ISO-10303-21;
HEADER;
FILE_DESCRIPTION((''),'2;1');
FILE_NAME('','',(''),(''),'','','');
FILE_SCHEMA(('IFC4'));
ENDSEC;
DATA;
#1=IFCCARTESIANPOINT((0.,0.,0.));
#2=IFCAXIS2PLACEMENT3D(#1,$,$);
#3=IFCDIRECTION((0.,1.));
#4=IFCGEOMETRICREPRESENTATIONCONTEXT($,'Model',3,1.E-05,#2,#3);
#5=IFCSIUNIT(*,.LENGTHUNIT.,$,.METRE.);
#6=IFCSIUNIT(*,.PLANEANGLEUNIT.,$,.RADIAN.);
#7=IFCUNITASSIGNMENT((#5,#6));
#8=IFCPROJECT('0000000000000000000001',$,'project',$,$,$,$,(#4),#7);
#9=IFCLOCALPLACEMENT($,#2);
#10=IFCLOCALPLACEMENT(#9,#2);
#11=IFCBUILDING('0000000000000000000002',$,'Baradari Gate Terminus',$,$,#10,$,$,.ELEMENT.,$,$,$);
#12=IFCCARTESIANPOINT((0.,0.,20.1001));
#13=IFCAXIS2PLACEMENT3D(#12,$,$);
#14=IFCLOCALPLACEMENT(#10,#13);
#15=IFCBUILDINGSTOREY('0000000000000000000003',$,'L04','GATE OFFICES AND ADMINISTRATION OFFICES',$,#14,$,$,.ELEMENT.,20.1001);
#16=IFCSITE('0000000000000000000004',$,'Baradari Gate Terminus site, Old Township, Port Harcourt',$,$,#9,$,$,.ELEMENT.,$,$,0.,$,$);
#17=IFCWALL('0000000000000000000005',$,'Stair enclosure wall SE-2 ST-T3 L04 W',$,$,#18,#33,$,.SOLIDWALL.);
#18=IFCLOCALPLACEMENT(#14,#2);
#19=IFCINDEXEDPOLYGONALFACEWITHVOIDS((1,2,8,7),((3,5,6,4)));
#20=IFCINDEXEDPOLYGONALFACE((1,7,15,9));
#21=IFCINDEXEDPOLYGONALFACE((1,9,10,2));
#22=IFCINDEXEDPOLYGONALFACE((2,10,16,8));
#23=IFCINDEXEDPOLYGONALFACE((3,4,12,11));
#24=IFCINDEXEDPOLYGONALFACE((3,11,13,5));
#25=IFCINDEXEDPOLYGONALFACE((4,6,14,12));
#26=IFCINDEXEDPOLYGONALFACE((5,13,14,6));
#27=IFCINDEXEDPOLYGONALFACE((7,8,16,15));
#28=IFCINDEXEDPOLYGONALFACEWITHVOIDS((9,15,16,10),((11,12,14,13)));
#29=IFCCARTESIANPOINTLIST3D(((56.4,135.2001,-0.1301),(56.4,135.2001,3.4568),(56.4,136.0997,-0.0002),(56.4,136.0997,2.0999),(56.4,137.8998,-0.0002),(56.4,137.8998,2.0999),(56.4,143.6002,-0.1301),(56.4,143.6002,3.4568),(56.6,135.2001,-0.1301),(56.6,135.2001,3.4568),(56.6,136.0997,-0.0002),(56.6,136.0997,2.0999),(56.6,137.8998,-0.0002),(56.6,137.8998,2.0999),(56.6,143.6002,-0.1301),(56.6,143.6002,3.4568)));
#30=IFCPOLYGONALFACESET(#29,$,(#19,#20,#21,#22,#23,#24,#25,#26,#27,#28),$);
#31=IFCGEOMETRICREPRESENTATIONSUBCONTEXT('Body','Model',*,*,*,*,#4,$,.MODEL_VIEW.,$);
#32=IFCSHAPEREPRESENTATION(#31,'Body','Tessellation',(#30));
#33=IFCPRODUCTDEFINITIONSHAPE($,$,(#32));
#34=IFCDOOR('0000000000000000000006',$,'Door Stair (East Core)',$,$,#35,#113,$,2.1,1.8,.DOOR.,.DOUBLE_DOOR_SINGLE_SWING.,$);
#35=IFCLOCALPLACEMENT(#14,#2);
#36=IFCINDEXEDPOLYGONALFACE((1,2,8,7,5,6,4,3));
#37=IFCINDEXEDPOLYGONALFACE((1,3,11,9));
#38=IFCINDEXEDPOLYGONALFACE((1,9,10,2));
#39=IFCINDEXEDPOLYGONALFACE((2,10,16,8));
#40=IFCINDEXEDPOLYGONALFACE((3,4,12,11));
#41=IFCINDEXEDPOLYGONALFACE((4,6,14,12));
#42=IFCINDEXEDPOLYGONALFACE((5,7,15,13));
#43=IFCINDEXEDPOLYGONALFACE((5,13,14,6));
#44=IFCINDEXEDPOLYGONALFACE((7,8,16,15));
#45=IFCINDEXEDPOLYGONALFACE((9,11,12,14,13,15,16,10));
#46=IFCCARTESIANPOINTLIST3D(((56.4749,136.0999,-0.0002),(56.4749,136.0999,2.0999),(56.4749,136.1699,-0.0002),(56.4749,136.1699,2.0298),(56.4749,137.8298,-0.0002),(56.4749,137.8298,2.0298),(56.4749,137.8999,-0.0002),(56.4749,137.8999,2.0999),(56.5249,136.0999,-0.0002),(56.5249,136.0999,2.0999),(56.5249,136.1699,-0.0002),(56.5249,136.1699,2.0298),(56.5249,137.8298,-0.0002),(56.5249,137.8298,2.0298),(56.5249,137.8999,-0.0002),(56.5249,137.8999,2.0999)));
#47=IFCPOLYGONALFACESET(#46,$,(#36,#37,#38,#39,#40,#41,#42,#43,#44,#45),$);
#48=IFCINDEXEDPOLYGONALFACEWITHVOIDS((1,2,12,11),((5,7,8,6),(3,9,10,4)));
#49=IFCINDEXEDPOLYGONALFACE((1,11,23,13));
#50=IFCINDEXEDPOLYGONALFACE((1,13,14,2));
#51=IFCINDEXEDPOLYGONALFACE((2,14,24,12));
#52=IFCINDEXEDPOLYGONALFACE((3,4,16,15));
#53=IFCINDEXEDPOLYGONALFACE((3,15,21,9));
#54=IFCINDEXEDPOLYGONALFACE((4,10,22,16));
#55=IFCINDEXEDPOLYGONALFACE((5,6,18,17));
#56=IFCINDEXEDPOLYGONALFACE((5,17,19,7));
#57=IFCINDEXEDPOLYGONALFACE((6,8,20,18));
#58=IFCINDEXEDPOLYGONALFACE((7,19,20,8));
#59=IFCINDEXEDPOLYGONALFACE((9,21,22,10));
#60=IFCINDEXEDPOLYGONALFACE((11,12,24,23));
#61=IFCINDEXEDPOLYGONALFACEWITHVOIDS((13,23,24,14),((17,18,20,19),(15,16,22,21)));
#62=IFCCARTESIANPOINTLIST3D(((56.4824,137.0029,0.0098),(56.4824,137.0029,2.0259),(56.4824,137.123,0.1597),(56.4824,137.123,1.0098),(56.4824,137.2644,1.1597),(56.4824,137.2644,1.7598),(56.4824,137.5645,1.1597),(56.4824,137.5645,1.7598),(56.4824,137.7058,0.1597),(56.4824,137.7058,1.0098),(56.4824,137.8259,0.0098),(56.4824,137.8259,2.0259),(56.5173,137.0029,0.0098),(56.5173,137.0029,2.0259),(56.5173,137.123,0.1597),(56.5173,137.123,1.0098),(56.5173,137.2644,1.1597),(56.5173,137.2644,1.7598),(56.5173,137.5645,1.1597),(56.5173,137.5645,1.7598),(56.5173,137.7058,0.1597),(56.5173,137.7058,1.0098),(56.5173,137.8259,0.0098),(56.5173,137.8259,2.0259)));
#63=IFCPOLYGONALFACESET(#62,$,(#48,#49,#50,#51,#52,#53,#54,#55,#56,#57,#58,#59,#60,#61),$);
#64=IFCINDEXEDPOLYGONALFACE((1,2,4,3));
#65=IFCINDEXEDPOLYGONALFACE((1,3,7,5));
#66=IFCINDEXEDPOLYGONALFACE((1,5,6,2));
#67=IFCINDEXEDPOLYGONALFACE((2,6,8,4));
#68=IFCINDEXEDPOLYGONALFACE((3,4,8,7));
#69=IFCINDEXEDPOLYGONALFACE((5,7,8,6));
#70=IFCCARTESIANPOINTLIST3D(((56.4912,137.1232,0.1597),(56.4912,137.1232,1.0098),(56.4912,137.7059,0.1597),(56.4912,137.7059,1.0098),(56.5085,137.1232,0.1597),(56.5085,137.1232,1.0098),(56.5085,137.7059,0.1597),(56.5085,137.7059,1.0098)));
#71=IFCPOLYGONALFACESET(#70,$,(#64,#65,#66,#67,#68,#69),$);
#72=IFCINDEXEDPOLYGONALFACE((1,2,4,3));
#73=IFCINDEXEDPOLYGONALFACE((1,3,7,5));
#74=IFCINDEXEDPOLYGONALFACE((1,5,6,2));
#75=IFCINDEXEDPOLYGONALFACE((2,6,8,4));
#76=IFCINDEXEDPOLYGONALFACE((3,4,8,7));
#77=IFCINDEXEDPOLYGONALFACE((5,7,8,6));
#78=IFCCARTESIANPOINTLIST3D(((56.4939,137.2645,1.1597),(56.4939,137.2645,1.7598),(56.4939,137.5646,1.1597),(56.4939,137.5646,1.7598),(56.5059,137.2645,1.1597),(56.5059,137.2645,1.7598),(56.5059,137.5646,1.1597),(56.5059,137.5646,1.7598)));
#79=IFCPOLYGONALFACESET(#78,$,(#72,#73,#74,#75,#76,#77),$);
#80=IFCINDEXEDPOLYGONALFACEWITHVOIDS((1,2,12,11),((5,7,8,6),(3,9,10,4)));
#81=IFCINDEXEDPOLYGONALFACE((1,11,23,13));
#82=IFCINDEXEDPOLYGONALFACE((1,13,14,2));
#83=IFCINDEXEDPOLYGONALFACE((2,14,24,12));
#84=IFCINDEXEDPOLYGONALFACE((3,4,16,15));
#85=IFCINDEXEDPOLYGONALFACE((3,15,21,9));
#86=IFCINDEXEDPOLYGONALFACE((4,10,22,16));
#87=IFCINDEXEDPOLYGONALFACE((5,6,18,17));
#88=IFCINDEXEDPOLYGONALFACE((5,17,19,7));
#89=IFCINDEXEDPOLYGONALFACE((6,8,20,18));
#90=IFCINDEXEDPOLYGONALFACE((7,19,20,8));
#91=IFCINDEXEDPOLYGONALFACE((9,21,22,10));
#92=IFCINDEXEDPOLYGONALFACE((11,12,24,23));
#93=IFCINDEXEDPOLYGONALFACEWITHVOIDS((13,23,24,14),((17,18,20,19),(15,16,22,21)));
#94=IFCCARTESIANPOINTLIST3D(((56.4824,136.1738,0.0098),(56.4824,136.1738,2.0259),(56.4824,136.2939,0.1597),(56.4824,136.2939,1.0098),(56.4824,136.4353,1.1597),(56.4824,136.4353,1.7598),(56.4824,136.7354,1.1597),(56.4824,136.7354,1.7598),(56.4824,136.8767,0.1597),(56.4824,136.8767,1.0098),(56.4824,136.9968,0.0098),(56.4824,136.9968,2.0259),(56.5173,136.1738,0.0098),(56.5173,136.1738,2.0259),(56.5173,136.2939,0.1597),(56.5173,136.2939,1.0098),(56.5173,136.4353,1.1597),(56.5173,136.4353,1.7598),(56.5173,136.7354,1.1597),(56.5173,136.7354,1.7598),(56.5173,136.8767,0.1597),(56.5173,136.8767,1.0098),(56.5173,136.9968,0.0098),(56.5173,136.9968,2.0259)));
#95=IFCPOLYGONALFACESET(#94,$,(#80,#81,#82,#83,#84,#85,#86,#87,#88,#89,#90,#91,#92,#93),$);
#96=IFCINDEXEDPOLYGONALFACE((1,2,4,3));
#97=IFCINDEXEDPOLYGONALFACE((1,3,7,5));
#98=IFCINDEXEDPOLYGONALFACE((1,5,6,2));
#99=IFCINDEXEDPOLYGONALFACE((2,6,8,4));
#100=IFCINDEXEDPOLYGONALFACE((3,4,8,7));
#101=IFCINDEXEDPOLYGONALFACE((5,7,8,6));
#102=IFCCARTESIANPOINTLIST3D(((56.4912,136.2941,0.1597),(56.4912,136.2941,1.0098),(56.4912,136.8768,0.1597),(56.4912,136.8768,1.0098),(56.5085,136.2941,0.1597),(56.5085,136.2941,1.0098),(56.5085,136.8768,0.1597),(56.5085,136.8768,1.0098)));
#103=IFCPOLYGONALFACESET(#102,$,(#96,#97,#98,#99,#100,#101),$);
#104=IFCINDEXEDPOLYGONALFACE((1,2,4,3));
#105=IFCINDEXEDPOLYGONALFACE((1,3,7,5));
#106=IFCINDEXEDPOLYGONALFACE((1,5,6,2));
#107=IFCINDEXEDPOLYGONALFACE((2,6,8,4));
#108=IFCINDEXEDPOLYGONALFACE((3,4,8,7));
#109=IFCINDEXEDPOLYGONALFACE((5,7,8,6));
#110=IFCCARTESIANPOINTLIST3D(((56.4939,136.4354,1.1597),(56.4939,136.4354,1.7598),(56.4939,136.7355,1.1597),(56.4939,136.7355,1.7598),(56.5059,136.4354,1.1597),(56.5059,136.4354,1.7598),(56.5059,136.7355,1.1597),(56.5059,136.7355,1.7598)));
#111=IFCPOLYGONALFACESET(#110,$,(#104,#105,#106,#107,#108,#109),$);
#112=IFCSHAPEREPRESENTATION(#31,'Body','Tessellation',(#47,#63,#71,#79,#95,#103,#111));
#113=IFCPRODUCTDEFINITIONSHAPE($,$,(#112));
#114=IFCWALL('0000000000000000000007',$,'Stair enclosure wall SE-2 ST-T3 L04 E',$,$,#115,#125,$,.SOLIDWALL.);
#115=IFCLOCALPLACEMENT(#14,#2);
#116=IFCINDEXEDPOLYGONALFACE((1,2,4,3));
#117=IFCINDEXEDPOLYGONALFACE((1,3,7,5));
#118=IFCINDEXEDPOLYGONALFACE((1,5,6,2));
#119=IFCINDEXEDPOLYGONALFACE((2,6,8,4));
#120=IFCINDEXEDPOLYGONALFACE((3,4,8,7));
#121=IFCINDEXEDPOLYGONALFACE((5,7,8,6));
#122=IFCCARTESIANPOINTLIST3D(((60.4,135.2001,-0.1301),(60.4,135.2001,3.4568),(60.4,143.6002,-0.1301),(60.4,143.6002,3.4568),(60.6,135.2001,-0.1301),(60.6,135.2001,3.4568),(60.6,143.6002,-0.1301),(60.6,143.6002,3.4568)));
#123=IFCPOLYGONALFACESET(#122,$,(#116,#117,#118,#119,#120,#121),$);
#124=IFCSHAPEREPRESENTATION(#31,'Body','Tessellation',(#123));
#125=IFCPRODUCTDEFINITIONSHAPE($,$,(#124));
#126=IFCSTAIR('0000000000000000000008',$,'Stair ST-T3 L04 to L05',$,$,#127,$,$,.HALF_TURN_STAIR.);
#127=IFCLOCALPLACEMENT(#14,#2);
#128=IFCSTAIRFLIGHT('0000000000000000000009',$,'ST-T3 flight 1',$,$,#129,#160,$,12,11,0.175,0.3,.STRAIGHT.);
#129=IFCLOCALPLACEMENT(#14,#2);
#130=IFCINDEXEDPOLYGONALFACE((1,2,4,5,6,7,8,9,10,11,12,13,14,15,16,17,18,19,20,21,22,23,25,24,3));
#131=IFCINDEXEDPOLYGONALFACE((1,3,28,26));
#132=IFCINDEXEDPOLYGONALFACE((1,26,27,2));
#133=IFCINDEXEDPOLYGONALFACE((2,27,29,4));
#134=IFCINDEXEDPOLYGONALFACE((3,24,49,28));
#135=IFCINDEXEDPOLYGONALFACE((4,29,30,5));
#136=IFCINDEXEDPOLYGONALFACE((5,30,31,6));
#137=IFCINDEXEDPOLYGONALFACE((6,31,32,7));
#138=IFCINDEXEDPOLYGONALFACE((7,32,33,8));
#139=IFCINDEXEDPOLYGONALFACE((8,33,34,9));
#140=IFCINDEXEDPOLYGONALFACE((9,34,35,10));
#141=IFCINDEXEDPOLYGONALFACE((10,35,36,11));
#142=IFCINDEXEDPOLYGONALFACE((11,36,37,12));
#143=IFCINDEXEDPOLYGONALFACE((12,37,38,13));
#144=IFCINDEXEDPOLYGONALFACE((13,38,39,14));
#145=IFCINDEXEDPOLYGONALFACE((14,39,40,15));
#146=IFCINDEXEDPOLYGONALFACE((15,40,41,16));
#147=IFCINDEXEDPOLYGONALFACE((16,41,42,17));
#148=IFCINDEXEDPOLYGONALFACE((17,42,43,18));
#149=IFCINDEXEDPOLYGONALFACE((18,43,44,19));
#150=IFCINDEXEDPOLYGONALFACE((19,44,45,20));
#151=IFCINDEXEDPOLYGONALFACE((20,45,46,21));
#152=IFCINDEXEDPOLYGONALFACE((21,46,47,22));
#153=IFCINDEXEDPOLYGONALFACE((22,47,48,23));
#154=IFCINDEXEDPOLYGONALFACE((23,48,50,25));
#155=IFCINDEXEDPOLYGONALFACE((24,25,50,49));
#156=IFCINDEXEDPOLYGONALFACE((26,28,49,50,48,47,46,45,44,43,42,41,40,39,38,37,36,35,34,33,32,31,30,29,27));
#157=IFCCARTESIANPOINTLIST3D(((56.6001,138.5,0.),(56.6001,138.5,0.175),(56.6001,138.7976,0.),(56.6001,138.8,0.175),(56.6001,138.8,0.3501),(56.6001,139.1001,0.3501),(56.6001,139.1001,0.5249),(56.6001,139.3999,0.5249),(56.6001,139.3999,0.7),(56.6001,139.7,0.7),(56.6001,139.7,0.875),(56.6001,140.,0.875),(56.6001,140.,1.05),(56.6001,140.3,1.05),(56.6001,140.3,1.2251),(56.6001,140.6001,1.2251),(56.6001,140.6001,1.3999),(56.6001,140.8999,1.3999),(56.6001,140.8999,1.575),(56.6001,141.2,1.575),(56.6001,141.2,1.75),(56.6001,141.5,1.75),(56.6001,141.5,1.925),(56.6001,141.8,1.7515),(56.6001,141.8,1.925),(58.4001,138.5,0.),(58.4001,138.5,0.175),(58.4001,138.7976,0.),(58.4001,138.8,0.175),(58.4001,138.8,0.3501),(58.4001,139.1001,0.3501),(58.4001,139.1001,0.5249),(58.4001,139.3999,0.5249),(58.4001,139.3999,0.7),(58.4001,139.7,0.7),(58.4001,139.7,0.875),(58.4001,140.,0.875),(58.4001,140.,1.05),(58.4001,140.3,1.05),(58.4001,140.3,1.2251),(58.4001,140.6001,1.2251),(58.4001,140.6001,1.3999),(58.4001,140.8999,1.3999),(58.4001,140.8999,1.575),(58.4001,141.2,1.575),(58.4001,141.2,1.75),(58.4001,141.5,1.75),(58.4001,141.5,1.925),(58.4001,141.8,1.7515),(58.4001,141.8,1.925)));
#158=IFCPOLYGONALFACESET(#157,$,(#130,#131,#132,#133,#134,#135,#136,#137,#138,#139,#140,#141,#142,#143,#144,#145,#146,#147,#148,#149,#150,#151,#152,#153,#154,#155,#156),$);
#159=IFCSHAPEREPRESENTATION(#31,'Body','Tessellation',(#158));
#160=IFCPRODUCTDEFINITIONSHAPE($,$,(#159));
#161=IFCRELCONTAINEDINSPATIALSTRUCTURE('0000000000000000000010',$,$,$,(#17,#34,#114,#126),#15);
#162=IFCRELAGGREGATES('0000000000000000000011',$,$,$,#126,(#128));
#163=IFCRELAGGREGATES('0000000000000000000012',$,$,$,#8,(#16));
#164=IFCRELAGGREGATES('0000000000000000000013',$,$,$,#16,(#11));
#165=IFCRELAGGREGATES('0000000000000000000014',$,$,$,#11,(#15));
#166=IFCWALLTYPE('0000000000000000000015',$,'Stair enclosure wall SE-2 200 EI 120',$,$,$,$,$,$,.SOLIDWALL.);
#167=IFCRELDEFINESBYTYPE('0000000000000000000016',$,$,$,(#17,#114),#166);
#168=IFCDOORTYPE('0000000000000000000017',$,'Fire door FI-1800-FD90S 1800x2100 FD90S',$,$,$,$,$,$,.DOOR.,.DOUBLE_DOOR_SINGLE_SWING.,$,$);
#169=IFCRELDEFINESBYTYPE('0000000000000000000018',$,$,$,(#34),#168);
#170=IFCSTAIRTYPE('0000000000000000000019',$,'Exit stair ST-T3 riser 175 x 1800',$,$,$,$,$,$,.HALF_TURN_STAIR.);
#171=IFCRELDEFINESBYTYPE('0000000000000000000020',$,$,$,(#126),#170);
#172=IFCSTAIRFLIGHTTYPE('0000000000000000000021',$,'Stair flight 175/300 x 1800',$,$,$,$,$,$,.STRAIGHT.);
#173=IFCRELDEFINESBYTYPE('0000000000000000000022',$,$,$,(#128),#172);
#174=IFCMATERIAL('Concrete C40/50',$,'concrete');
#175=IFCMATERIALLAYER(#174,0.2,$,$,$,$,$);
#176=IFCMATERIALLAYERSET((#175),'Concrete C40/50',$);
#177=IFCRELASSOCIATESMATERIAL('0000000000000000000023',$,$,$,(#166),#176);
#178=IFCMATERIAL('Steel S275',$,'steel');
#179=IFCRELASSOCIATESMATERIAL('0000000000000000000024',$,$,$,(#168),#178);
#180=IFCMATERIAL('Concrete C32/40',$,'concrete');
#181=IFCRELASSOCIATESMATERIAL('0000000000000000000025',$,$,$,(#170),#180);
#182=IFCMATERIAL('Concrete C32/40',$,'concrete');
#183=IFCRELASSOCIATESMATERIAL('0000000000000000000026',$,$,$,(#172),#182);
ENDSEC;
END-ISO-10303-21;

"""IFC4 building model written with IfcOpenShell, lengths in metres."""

from ifc_helpers import new_model, si_unit, direction, frame, frame_2d, origin, place, context, subcontext, project, spatial, polyline, rectangle, outline, extrude, material, layer, layer_set, type_object, element, fill, aggregate, save


model = new_model("IFC4")

# Units and contexts
model_context = context("Model", 3, precision=1e-05, world=origin(), true_north=direction((0.0, 1.0)))
body_context = subcontext(model_context, "Body", "Model", "MODEL_VIEW")
ifc_project = project(units=[si_unit("LENGTHUNIT", "METRE"), si_unit("PLANEANGLEUNIT", "RADIAN")], contexts=[model_context])

# Site, building, storey
site_placement = place(None, origin())
site = spatial("IfcSite", under=ifc_project, at=site_placement, Name="Baradari Gate Terminus site, Old Township, Port Harcourt", CompositionType="ELEMENT", RefElevation=0.0)
building_placement = place(site_placement, origin())
building = spatial("IfcBuilding", under=site, at=building_placement, Name="Baradari Gate Terminus", CompositionType="ELEMENT")
storey_placement = place(building_placement, frame((0.0, 0.0, 20.1001)))
storey = spatial("IfcBuildingStorey", under=building, at=storey_placement, Name="L04", Description="GATE OFFICES AND ADMINISTRATION OFFICES", CompositionType="ELEMENT", Elevation=20.1001)

# Wall, opening, door
ifc_material_1 = material(Name="Concrete C40/50", Category="concrete")
ifc_layer_1 = layer(ifc_material_1, 0.2)
ifc_layer_set_1 = layer_set([ifc_layer_1], Name="Concrete C40/50")
wall_type_1 = type_object("IfcWallType", Name="Stair enclosure wall SE-2 200 EI 120", PredefinedType="SOLIDWALL", material=ifc_layer_set_1)
ifc_material_2 = material(Name="Steel S275", Category="steel")
door_type_1 = type_object("IfcDoorType", Name="Fire door FI-1800-FD90S 1800x2100 FD90S", OperationType="DOUBLE_DOOR_SINGLE_SWING", PredefinedType="DOOR", material=ifc_material_2)
wall_1_placement = place(storey_placement, frame((56.5, 135.2, -0.1301), z_axis=(0.0, 0.0, 1.0), x_axis=(0.0, 1.0, 0.0)))
wall_1 = element("IfcWall", 1, at=wall_1_placement, inside=storey, type_object=wall_type_1, Name="Stair enclosure wall SE-2 ST-T3 L04 W", PredefinedType="SOLIDWALL", context=body_context, shape_type="SweptSolid", body=[
    extrude(rectangle(XDim=8.4001, YDim=0.2, at=frame_2d((4.2002, 0.0))), origin(), (0.0, 0.0, 1.0), 3.5869),
])
opening_1_placement = place(wall_1_placement, frame((0.8999, 0.0, 0.1299)))
opening_1 = element("IfcOpeningElement", 2, at=opening_1_placement, cuts=wall_1, PredefinedType="OPENING", context=body_context, shape_type="SweptSolid", body=[
    extrude(rectangle(XDim=1.8, YDim=2.1001, at=frame_2d((0.8999, 1.05))), frame((0.0, 0.1099, 0.0), z_axis=(0.0, -1.0, 0.0), x_axis=(1.0, 0.0, 0.0)), (0.0, 0.0, 1.0), 0.22),
])
door_1_placement = place(opening_1_placement, frame((1.8, 0.0, 0.0), z_axis=(0.0, 0.0, 1.0), x_axis=(-1.0, 0.0, 0.0)))
door_1 = element("IfcDoor", 3, at=door_1_placement, inside=storey, type_object=door_type_1, Name="Door Stair (East Core)", OperationType="DOUBLE_DOOR_SINGLE_SWING", OverallHeight=2.1, OverallWidth=1.8, PredefinedType="DOOR", context=body_context, shape_type="SweptSolid", body=[
    extrude(outline(polyline([(0.0, 0.0), (0.0701, 0.0), (0.0701, 2.03), (1.73, 2.03), (1.73, 0.0), (1.8, 0.0), (1.8, 2.1001), (0.0, 2.1001), (0.0, 0.0)])), frame((0.0, 0.0249, 0.0), z_axis=(0.0, -1.0, 0.0), x_axis=(1.0, 0.0, 0.0)), (0.0, 0.0, 1.0), 0.05),
    extrude(outline(polyline([(0.074, 0.01), (0.897, 0.01), (0.897, 2.0261), (0.074, 2.0261), (0.074, 0.01)]), holes=[polyline([(0.1941, 0.1599), (0.7769, 0.1599), (0.7769, 1.01), (0.1941, 1.01), (0.1941, 0.1599)]), polyline([(0.3354, 1.1599), (0.6355, 1.1599), (0.6355, 1.76), (0.3354, 1.76), (0.3354, 1.1599)])]), frame((0.0, 0.0173, 0.0), z_axis=(0.0, -1.0, 0.0), x_axis=(1.0, 0.0, 0.0)), (0.0, 0.0, 1.0), 0.0349),
    extrude(rectangle(XDim=0.5828, YDim=0.8501, at=frame_2d((0.4854, 0.585))), frame((0.0, 0.0085, 0.0), z_axis=(0.0, -1.0, 0.0), x_axis=(1.0, 0.0, 0.0)), (0.0, 0.0, 1.0), 0.0173),
    extrude(rectangle(XDim=0.3, YDim=0.6001, at=frame_2d((0.4854, 1.46))), frame((0.0, 0.0059, 0.0), z_axis=(0.0, -1.0, 0.0), x_axis=(1.0, 0.0, 0.0)), (0.0, 0.0, 1.0), 0.012),
    extrude(outline(polyline([(0.9031, 0.01), (1.7261, 0.01), (1.7261, 2.0261), (0.9031, 2.0261), (0.9031, 0.01)]), holes=[polyline([(1.0232, 0.1599), (1.606, 0.1599), (1.606, 1.01), (1.0232, 1.01), (1.0232, 0.1599)]), polyline([(1.1646, 1.1599), (1.4646, 1.1599), (1.4646, 1.76), (1.1646, 1.76), (1.1646, 1.1599)])]), frame((0.0, 0.0173, 0.0), z_axis=(0.0, -1.0, 0.0), x_axis=(1.0, 0.0, 0.0)), (0.0, 0.0, 1.0), 0.0349),
    extrude(rectangle(XDim=0.5828, YDim=0.8501, at=frame_2d((1.3145, 0.585))), frame((0.0, 0.0085, 0.0), z_axis=(0.0, -1.0, 0.0), x_axis=(1.0, 0.0, 0.0)), (0.0, 0.0, 1.0), 0.0173),
    extrude(rectangle(XDim=0.3, YDim=0.6001, at=frame_2d((1.3145, 1.46))), frame((0.0, 0.0059, 0.0), z_axis=(0.0, -1.0, 0.0), x_axis=(1.0, 0.0, 0.0)), (0.0, 0.0, 1.0), 0.012),
])
fill(opening_1, door_1)

# Wall
wall_2_placement = place(storey_placement, frame((60.5, 135.2, -0.1301), z_axis=(0.0, 0.0, 1.0), x_axis=(0.0, 1.0, 0.0)))
element("IfcWall", 4, at=wall_2_placement, inside=storey, type_object=wall_type_1, Name="Stair enclosure wall SE-2 ST-T3 L04 E", PredefinedType="SOLIDWALL", context=body_context, shape_type="SweptSolid", body=[
    extrude(rectangle(XDim=8.4001, YDim=0.2, at=frame_2d((4.2002, 0.0))), origin(), (0.0, 0.0, 1.0), 3.5869),
])

# Stair, stair flight
ifc_material_3 = material(Name="Concrete C32/40", Category="concrete")
stair_type = type_object("IfcStairType", Name="Exit stair ST-T3 riser 175 x 1800", PredefinedType="HALF_TURN_STAIR", material=ifc_material_3)
stair_placement = place(storey_placement, origin())
stair = element("IfcStair", 5, at=stair_placement, inside=storey, type_object=stair_type, Name="Stair ST-T3 L04 to L05", PredefinedType="HALF_TURN_STAIR")
ifc_material_4 = material(Name="Concrete C32/40", Category="concrete")
stair_flight_type = type_object("IfcStairFlightType", Name="Stair flight 175/300 x 1800", PredefinedType="STRAIGHT", material=ifc_material_4)
stair_flight_placement = place(storey_placement, frame((57.5, 138.5, 0.0), z_axis=(0.0, 0.0, 1.0), x_axis=(0.0, 1.0, 0.0)))
stair_flight = element("IfcStairFlight", 6, at=stair_flight_placement, type_object=stair_flight_type, Name="ST-T3 flight 1", NumberOfRisers=12, NumberOfTreads=11, PredefinedType="STRAIGHT", RiserHeight=0.175, TreadLength=0.3, context=body_context, shape_type="SweptSolid", body=[
    extrude(outline(polyline([(0.0, 0.0), (0.0, 0.175), (0.3, 0.175), (0.3, 0.3501), (0.6001, 0.3501), (0.6001, 0.5249), (0.8999, 0.5249), (0.8999, 0.7), (1.2, 0.7), (1.2, 0.875), (1.5, 0.875), (1.5, 1.05), (1.8, 1.05), (1.8, 1.2251), (2.1001, 1.2251), (2.1001, 1.3999), (2.3999, 1.3999), (2.3999, 1.575), (2.7, 1.575), (2.7, 1.75), (3.0, 1.75), (3.0, 1.925), (3.3, 1.925), (3.3, 2.1001), (3.3, 1.7515), (0.2976, 0.0), (0.0, 0.0)])), frame((0.0, 0.8999, 0.0), z_axis=(0.0, -1.0, 0.0), x_axis=(1.0, 0.0, 0.0)), (0.0, 0.0, 1.0), 1.8),
])
aggregate(stair, [stair_flight])

save(model, "model.ifc")
